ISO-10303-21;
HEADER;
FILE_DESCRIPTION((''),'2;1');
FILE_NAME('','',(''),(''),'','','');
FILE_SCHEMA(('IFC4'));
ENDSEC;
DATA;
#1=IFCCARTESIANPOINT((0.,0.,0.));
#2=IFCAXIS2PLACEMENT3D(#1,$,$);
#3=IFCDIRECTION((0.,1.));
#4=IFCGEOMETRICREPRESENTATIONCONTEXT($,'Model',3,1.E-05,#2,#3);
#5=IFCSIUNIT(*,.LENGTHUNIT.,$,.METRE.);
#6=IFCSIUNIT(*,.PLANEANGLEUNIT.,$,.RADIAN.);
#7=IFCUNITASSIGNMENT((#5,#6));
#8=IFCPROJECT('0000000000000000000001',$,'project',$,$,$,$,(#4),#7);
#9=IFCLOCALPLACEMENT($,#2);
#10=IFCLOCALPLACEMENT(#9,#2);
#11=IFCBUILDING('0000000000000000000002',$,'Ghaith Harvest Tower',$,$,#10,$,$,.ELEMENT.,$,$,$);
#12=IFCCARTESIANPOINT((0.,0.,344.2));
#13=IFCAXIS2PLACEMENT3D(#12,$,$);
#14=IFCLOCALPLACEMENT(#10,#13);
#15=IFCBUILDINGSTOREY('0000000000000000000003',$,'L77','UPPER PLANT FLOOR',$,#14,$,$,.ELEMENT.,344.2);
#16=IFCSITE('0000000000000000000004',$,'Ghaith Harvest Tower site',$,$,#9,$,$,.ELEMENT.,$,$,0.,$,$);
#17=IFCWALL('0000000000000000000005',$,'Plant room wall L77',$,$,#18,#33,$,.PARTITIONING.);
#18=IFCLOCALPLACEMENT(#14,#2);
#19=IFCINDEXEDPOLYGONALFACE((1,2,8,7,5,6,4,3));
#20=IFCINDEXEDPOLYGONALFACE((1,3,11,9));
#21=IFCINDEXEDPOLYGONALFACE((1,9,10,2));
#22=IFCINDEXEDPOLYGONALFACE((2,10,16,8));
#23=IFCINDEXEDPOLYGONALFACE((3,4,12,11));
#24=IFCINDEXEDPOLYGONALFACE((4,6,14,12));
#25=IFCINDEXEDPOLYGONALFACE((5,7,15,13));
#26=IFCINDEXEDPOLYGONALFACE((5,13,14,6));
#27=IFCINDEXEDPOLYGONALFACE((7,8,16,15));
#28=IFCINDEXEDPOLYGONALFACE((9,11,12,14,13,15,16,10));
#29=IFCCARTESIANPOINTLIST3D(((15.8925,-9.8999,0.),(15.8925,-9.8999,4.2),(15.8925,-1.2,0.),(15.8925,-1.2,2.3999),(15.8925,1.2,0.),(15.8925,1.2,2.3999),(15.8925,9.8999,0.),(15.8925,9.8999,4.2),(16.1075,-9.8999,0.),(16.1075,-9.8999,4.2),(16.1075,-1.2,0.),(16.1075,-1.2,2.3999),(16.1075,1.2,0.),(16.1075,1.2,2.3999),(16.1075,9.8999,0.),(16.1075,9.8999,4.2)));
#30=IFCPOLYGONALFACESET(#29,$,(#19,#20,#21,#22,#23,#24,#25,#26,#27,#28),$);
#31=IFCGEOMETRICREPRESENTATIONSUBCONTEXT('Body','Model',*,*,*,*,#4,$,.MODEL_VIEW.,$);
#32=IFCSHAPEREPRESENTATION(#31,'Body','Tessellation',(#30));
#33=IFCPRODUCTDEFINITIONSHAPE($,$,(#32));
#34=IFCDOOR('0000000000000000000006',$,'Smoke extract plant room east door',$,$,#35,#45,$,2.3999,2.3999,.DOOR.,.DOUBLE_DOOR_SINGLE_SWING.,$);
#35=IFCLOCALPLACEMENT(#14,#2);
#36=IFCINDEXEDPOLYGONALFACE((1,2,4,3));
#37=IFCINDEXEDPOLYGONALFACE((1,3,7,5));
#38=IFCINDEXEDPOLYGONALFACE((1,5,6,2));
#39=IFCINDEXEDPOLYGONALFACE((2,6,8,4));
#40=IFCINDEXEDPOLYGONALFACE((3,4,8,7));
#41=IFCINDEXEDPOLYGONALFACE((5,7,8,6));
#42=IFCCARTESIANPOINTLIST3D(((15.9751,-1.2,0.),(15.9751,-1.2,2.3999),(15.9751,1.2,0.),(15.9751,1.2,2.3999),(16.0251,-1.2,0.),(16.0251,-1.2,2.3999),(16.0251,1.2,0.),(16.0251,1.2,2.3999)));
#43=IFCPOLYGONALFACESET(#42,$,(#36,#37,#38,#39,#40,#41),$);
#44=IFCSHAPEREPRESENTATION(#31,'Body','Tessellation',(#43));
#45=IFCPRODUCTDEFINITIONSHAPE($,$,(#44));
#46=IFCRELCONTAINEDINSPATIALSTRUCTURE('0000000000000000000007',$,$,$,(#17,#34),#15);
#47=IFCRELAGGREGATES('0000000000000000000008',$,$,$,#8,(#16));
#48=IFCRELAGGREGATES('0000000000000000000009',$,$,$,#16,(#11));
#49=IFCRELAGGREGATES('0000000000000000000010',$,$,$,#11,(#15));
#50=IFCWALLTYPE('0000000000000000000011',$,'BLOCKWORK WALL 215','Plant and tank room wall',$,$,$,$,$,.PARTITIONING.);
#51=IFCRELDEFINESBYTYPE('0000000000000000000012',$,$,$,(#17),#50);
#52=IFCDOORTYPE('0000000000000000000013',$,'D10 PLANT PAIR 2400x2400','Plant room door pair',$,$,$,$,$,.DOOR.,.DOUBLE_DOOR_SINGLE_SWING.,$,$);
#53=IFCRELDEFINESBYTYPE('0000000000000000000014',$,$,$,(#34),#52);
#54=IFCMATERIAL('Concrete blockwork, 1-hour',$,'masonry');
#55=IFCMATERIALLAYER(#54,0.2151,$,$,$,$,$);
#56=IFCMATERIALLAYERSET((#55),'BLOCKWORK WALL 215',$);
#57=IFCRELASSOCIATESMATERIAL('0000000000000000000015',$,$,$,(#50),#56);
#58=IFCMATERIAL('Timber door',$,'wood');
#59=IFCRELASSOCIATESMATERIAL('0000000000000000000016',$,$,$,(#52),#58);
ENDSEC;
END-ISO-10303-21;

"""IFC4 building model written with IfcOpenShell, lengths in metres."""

from ifc_helpers import new_model, si_unit, direction, frame, frame_2d, origin, place, context, subcontext, project, spatial, rectangle, extrude, material, layer, layer_set, type_object, element, fill, save


model = new_model("IFC4")

# Units and contexts
model_context = context("Model", 3, precision=1e-05, world=origin(), true_north=direction((0.0, 1.0)))
body_context = subcontext(model_context, "Body", "Model", "MODEL_VIEW")
ifc_project = project(units=[si_unit("LENGTHUNIT", "METRE"), si_unit("PLANEANGLEUNIT", "RADIAN")], contexts=[model_context])

# Site, building, storey
site_placement = place(None, origin())
site = spatial("IfcSite", under=ifc_project, at=site_placement, Name="Ghaith Harvest Tower site", CompositionType="ELEMENT", RefElevation=0.0)
building_placement = place(site_placement, origin())
building = spatial("IfcBuilding", under=site, at=building_placement, Name="Ghaith Harvest Tower", CompositionType="ELEMENT")
storey_placement = place(building_placement, frame((0.0, 0.0, 344.2)))
storey = spatial("IfcBuildingStorey", under=building, at=storey_placement, Name="L77", Description="UPPER PLANT FLOOR", CompositionType="ELEMENT", Elevation=344.2)

# Wall, opening, door
ifc_material_1 = material(Name="Concrete blockwork, 1-hour", Category="masonry")
ifc_layer_1 = layer(ifc_material_1, 0.2151)
ifc_layer_set_1 = layer_set([ifc_layer_1], Name="BLOCKWORK WALL 215")
wall_type_1 = type_object("IfcWallType", Name="BLOCKWORK WALL 215", Description="Plant and tank room wall", PredefinedType="PARTITIONING", material=ifc_layer_set_1)
wall_1_placement = place(storey_placement, frame((16.0, -9.8999, 0.0), z_axis=(0.0, 0.0, 1.0), x_axis=(0.0, 1.0, 0.0)))
wall_1 = element("IfcWall", 1, at=wall_1_placement, inside=storey, type_object=wall_type_1, Name="Plant room wall L77", PredefinedType="PARTITIONING", context=body_context, shape_type="SweptSolid", body=[
    extrude(rectangle(XDim=19.7998, YDim=0.2151, at=frame_2d((9.8999, 0.0))), origin(), (0.0, 0.0, 1.0), 4.2),
])
opening_1_placement = place(wall_1_placement, frame((8.7, 0.0, 0.0)))
opening_1 = element("IfcOpeningElement", 2, at=opening_1_placement, cuts=wall_1, PredefinedType="OPENING", context=body_context, shape_type="SweptSolid", body=[
    extrude(rectangle(XDim=2.3999, YDim=2.3999, at=frame_2d((1.2, 1.2))), frame((0.0, 0.1177, 0.0), z_axis=(0.0, -1.0, 0.0), x_axis=(1.0, 0.0, 0.0)), (0.0, 0.0, 1.0), 0.2351),
])
ifc_material_2 = material(Name="Timber door", Category="wood")
door_type_1 = type_object("IfcDoorType", Name="D10 PLANT PAIR 2400x2400", Description="Plant room door pair", OperationType="DOUBLE_DOOR_SINGLE_SWING", PredefinedType="DOOR", material=ifc_material_2)
door_1_placement = place(opening_1_placement, origin())
door_1 = element("IfcDoor", 3, at=door_1_placement, inside=storey, type_object=door_type_1, Name="Smoke extract plant room east door", OperationType="DOUBLE_DOOR_SINGLE_SWING", OverallHeight=2.3999, OverallWidth=2.3999, PredefinedType="DOOR", context=body_context, shape_type="SweptSolid", body=[
    extrude(rectangle(XDim=2.3999, YDim=2.3999, at=frame_2d((1.2, 1.2))), frame((0.0, 0.0249, 0.0), z_axis=(0.0, -1.0, 0.0), x_axis=(1.0, 0.0, 0.0)), (0.0, 0.0, 1.0), 0.05),
])
fill(opening_1, door_1)

save(model, "model.ifc")
